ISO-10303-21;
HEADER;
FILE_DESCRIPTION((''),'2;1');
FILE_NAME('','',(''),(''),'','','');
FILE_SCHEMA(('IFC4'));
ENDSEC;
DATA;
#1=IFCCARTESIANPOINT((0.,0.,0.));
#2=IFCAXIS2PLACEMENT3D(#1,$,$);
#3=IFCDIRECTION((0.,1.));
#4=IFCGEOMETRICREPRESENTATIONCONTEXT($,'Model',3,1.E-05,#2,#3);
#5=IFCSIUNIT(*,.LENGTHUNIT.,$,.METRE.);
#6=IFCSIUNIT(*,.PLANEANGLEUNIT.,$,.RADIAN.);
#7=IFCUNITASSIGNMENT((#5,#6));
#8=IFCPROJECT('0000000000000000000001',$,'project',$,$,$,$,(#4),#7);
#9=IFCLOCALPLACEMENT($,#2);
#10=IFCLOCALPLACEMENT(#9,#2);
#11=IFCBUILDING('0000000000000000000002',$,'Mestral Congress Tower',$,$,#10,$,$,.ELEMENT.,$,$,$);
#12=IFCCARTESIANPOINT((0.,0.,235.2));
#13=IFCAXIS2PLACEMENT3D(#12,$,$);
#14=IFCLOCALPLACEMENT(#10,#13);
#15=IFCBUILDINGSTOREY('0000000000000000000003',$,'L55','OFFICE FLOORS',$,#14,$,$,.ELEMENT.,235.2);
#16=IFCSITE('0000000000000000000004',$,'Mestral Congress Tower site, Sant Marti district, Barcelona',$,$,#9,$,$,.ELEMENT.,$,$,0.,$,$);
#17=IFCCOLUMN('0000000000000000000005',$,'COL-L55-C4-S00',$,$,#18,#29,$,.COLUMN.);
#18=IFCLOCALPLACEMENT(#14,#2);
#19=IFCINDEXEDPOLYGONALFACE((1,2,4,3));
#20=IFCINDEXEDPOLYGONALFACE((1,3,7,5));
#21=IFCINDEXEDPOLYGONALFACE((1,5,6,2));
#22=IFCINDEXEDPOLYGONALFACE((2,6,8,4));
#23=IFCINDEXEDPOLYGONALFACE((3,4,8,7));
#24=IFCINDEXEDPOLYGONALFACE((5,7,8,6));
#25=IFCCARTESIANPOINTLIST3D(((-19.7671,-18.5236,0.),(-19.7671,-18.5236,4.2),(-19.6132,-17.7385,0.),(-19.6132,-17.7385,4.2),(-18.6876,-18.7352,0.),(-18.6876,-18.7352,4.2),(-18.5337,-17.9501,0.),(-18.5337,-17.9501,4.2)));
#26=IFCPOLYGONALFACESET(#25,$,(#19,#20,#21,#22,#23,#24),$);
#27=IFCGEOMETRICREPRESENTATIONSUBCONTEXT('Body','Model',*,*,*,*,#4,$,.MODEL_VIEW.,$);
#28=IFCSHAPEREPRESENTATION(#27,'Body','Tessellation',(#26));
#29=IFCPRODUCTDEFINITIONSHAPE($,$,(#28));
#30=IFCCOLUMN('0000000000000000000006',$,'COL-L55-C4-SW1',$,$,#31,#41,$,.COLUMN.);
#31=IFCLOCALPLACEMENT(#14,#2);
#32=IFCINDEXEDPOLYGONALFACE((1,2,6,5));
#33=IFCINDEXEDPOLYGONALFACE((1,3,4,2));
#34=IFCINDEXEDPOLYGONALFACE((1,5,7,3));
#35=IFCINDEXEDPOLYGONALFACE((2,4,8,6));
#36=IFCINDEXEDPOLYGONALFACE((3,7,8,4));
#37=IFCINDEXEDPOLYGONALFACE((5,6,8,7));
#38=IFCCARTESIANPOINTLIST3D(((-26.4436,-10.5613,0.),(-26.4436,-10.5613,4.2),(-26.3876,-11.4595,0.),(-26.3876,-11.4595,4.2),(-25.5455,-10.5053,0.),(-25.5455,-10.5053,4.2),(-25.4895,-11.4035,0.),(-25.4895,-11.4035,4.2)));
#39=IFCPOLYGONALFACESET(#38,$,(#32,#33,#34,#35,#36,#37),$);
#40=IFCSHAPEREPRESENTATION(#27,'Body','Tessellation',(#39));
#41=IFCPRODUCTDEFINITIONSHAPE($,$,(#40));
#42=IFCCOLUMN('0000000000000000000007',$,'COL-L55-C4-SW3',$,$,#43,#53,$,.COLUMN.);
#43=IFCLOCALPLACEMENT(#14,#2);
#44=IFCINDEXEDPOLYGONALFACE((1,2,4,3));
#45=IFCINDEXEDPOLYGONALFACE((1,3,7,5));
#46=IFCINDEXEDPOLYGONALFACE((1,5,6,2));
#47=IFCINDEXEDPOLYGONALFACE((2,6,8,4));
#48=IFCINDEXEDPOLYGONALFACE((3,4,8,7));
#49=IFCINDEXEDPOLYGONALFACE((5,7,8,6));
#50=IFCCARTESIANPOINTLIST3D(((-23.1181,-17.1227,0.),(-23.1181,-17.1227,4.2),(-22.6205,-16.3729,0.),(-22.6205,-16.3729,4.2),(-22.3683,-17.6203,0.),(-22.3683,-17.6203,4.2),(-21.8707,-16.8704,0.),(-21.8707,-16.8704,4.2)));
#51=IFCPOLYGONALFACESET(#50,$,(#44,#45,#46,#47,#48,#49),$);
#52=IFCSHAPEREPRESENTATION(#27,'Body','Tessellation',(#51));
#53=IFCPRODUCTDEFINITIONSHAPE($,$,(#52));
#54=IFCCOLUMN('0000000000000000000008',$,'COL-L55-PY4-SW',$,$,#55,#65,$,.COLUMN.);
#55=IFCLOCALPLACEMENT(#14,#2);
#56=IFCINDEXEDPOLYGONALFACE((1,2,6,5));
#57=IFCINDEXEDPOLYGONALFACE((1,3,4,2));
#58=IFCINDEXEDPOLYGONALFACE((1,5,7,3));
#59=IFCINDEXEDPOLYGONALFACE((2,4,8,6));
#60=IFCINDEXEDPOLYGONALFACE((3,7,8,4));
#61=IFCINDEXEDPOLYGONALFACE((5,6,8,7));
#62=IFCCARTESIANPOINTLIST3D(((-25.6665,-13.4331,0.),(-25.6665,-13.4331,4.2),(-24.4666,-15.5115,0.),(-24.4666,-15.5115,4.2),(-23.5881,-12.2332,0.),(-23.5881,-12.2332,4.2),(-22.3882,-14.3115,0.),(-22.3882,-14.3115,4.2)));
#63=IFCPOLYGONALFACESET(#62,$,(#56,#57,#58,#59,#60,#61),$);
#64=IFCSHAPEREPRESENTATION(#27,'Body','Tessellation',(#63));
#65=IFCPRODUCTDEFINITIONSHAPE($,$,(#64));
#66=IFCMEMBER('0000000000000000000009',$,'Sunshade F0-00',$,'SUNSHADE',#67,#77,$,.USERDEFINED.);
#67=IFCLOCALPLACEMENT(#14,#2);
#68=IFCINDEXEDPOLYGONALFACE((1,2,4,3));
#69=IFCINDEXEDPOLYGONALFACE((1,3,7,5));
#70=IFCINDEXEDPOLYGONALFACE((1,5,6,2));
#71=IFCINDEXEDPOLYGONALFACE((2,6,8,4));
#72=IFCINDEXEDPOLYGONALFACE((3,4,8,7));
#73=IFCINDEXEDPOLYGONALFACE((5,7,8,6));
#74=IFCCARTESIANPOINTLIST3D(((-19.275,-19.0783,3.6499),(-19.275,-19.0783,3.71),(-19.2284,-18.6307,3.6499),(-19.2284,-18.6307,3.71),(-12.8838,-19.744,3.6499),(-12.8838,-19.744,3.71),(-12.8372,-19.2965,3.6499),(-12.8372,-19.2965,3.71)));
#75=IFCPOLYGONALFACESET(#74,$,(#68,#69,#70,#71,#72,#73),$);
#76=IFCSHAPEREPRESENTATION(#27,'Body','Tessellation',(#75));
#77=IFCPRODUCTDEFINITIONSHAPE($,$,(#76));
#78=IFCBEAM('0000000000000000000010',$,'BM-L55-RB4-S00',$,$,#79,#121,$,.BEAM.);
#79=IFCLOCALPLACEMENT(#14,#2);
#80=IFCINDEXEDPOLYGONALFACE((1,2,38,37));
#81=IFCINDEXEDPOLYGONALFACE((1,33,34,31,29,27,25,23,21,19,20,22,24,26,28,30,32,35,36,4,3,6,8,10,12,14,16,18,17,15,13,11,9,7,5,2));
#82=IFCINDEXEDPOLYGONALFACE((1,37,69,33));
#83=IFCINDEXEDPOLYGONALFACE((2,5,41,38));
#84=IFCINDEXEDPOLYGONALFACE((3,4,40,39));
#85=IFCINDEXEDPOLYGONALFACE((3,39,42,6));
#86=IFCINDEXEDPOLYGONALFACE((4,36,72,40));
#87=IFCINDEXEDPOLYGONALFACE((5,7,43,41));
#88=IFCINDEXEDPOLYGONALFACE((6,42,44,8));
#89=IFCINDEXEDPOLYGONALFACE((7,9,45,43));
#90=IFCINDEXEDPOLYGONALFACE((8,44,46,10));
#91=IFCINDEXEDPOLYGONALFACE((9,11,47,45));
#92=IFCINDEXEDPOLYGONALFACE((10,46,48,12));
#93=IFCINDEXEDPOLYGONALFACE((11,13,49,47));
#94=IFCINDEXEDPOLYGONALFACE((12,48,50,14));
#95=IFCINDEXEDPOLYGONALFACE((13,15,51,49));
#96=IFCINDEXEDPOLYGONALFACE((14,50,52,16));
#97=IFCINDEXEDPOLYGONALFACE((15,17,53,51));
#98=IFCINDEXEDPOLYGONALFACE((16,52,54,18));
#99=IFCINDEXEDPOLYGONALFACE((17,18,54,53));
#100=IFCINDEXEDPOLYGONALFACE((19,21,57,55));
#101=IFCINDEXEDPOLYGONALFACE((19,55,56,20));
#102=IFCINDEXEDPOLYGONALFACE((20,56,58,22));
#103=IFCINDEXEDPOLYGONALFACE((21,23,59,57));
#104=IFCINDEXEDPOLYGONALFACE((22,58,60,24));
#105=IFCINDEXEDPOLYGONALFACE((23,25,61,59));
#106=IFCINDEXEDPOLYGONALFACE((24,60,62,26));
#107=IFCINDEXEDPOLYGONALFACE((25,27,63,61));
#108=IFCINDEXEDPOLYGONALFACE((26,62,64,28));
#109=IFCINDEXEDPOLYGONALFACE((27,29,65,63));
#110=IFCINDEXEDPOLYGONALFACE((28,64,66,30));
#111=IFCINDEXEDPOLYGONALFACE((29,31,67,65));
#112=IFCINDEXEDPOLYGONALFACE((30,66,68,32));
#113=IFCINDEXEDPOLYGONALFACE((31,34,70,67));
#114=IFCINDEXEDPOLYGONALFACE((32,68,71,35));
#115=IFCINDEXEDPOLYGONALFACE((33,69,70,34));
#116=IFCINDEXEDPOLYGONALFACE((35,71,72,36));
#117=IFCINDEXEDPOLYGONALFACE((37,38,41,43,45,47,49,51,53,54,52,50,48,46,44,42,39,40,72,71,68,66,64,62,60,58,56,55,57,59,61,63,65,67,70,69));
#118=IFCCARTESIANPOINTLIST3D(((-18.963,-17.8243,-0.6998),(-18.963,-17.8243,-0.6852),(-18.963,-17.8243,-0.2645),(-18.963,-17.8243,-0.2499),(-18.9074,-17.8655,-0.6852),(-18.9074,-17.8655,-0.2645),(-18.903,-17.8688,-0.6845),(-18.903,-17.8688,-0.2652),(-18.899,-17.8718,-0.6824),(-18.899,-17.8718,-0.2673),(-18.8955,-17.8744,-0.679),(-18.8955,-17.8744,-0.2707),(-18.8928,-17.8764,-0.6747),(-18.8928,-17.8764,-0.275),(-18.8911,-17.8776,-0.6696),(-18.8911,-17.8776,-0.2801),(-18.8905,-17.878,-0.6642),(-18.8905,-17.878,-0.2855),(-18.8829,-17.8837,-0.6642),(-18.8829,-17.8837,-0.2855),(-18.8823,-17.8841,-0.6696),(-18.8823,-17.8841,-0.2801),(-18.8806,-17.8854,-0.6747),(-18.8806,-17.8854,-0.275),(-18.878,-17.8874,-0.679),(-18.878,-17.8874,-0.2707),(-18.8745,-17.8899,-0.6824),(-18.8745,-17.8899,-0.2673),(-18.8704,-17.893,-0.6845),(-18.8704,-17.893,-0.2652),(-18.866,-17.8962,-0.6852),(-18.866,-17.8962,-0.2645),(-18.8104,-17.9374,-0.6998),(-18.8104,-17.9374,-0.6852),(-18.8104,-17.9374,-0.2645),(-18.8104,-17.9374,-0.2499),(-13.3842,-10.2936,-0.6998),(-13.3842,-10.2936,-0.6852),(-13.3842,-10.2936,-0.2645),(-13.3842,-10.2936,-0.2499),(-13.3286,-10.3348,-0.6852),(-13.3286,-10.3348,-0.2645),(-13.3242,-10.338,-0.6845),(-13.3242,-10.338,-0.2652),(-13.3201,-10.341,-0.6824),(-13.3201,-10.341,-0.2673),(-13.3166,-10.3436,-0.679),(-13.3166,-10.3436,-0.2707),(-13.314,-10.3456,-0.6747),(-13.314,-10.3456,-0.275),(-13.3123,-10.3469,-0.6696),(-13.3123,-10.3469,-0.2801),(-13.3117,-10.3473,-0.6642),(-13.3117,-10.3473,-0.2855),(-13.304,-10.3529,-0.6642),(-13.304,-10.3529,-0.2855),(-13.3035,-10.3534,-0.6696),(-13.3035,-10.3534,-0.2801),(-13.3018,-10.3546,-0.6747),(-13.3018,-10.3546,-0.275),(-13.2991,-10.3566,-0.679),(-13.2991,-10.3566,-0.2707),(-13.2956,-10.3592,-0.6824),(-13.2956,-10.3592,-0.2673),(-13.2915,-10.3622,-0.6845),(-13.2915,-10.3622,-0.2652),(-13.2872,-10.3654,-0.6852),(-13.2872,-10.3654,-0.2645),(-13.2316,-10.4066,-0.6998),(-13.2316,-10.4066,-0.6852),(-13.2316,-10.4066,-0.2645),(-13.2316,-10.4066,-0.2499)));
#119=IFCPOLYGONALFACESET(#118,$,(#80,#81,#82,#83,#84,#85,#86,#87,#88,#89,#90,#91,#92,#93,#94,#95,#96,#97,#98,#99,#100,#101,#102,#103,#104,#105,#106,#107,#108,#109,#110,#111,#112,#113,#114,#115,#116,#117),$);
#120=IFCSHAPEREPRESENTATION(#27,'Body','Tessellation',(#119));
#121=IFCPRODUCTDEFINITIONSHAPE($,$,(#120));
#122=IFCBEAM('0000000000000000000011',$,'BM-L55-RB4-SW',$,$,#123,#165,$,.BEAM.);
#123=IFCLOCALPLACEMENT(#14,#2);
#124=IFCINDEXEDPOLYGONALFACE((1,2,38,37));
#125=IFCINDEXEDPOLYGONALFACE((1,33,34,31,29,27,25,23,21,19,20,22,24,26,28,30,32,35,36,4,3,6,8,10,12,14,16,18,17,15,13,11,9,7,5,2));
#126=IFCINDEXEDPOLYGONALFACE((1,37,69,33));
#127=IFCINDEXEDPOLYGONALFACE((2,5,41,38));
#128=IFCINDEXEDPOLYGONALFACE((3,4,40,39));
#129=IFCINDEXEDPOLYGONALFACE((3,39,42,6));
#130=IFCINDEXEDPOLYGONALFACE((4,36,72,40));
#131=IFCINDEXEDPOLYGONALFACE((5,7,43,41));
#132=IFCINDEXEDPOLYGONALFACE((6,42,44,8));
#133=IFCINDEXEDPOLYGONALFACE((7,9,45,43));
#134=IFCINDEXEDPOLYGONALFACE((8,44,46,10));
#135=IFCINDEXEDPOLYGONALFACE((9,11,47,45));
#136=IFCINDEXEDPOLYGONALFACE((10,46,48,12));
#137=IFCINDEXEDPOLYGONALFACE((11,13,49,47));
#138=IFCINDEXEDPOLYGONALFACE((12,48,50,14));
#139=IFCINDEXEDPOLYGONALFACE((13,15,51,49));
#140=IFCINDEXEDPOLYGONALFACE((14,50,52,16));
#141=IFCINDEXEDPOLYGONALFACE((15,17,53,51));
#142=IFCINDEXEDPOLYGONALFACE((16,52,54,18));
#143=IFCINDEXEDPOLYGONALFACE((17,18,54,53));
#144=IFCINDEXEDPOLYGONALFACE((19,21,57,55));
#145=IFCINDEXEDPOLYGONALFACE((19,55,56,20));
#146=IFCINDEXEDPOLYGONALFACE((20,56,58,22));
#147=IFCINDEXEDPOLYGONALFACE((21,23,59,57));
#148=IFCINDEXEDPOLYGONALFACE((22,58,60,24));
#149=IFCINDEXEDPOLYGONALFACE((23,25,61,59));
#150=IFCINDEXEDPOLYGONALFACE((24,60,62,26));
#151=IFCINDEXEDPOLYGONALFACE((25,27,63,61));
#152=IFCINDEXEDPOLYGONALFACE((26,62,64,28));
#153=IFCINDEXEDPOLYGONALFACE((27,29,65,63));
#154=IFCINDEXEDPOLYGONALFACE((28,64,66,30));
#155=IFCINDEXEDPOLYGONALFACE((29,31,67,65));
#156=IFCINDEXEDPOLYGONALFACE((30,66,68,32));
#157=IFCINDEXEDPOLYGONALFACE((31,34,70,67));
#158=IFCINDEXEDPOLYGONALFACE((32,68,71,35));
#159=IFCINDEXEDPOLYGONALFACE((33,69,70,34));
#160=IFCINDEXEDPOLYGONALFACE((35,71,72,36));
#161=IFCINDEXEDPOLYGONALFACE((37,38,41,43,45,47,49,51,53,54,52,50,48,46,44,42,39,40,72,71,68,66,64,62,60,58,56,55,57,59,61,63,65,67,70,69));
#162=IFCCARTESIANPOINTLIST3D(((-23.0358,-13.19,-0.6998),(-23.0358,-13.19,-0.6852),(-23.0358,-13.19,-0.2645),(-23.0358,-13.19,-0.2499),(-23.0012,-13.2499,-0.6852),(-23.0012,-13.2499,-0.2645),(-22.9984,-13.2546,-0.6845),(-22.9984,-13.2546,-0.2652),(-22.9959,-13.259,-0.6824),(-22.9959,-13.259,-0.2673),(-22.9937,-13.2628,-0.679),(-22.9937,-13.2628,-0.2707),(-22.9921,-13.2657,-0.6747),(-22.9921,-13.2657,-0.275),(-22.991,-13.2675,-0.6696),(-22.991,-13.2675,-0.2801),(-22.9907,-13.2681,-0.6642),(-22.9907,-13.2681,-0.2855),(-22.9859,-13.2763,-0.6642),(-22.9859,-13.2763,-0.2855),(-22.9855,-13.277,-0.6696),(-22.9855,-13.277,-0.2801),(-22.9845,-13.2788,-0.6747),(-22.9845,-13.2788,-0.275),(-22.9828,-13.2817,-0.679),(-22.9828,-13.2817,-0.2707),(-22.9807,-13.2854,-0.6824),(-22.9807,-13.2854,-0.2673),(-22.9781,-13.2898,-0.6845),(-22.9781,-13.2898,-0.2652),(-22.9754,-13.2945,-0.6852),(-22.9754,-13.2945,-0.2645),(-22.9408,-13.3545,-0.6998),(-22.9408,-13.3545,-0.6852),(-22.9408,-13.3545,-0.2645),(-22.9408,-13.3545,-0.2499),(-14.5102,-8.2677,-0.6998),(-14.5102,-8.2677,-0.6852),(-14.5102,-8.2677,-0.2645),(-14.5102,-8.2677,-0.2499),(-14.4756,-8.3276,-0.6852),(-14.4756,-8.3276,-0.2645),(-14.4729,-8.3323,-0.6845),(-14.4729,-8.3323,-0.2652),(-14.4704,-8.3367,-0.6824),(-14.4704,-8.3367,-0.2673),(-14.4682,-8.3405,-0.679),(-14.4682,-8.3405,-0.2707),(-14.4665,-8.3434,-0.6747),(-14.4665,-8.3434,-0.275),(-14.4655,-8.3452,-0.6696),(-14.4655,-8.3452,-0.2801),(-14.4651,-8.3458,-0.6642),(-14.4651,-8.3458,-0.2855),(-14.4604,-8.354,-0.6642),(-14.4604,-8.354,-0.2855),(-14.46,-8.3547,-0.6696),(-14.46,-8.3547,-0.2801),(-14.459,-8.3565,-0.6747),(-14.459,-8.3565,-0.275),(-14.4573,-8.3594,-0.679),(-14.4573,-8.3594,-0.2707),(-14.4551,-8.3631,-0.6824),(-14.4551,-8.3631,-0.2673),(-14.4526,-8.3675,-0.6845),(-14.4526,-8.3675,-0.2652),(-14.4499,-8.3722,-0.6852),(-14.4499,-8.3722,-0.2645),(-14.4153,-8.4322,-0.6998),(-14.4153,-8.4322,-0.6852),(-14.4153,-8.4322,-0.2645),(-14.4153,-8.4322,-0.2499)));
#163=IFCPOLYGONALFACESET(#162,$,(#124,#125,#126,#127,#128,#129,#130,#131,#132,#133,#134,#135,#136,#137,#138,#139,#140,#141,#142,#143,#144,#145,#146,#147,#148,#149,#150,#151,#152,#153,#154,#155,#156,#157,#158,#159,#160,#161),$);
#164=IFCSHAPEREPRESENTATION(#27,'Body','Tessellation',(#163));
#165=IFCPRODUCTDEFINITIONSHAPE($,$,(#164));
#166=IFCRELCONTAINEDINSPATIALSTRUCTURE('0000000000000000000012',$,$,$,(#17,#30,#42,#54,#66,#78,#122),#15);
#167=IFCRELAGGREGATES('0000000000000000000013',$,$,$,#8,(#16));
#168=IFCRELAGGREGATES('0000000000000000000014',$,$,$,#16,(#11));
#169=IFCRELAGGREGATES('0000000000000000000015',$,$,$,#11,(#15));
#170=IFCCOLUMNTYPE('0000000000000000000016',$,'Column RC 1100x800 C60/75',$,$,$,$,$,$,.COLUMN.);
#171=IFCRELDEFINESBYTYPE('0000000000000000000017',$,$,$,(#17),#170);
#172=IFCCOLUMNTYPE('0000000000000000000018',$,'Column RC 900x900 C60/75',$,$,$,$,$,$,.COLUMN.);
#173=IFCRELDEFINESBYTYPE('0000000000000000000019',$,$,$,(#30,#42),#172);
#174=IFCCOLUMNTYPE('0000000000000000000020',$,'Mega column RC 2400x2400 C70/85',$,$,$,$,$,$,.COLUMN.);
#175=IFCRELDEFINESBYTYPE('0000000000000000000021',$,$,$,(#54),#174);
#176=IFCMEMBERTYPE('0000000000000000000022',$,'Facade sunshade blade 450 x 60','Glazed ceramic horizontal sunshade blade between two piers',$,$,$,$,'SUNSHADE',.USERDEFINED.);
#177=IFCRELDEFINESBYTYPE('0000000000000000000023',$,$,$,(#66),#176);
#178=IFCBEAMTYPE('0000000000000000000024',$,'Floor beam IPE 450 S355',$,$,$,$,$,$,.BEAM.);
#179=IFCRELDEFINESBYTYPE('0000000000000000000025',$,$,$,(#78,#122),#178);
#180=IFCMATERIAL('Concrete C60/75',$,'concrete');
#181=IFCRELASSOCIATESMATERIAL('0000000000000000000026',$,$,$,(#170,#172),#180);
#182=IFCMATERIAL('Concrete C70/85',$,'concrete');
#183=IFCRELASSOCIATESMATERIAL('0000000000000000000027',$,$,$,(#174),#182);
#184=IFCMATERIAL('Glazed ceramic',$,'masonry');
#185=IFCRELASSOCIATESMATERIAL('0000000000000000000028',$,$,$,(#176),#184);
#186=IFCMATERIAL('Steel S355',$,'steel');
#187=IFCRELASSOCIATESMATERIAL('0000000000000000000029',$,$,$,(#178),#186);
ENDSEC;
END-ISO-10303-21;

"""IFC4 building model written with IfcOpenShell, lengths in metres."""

from ifc_helpers import new_model, si_unit, direction, frame, origin, origin_2d, place, context, subcontext, project, spatial, rectangle, i_section, extrude, material, material_profile, profile_set, type_object, element, save


model = new_model("IFC4")

# Units and contexts
model_context = context("Model", 3, precision=1e-05, world=origin(), true_north=direction((0.0, 1.0)))
body_context = subcontext(model_context, "Body", "Model", "MODEL_VIEW")
ifc_project = project(units=[si_unit("LENGTHUNIT", "METRE"), si_unit("PLANEANGLEUNIT", "RADIAN")], contexts=[model_context])

# Site, building, storey
site_placement = place(None, origin())
site = spatial("IfcSite", under=ifc_project, at=site_placement, Name="Mestral Congress Tower site, Sant Marti district, Barcelona", CompositionType="ELEMENT", RefElevation=0.0)
building_placement = place(site_placement, origin())
building = spatial("IfcBuilding", under=site, at=building_placement, Name="Mestral Congress Tower", CompositionType="ELEMENT")
storey_placement = place(building_placement, frame((0.0, 0.0, 235.2)))
storey = spatial("IfcBuildingStorey", under=building, at=storey_placement, Name="L55", Description="OFFICE FLOORS", CompositionType="ELEMENT", Elevation=235.2)

# Columns
ifc_material_1 = material(Name="Concrete C60/75", Category="concrete")
ifc_material_profile_1 = material_profile(ifc_material_1, rectangle(XDim=1.1001, YDim=0.8, at=origin_2d()), Name="RC 1100x800")
ifc_profile_set_1 = profile_set([ifc_material_profile_1], Name="Concrete C60/75")
column_type_1 = type_object("IfcColumnType", Name="Column RC 1100x800 C60/75", PredefinedType="COLUMN", material=ifc_profile_set_1)
column_1_placement = place(storey_placement, frame((-19.1504, -18.2368, 0.0), z_axis=(0.0, 0.0, 1.0), x_axis=(0.981325, -0.192359, 0.0)))
element("IfcColumn", 1, at=column_1_placement, inside=storey, type_object=column_type_1, Name="COL-L55-C4-S00", PredefinedType="COLUMN", context=body_context, shape_type="SweptSolid", body=[
    extrude(rectangle(XDim=1.1001, YDim=0.8, at=origin_2d()), origin(), (0.0, 0.0, 1.0), 4.2),
])
ifc_material_profile_2 = material_profile(ifc_material_1, rectangle(XDim=0.8999, YDim=0.8999, at=origin_2d()), Name="RC 900x900")
ifc_profile_set_2 = profile_set([ifc_material_profile_2], Name="Concrete C60/75")
column_type_2 = type_object("IfcColumnType", Name="Column RC 900x900 C60/75", PredefinedType="COLUMN", material=ifc_profile_set_2)
for number, where, z_axis, x_axis, name in (
    (2, (-25.9666, -10.9824, 0.0), (0.0, 0.0, 1.0), (0.062217, -0.998063, 0.0), "COL-L55-C4-SW1"),
    (3, (-22.4944, -16.9966, 0.0), (0.0, 0.0, 1.0), (0.833239, -0.552913, 0.0), "COL-L55-C4-SW3"),
):
    element("IfcColumn", number, at=place(storey_placement, frame(where, z_axis=z_axis, x_axis=x_axis)), inside=storey, type_object=column_type_2, Name=name, PredefinedType="COLUMN", context=body_context, shape_type="SweptSolid", body=[
        extrude(rectangle(XDim=0.8999, YDim=0.8999, at=origin_2d()), origin(), (0.0, 0.0, 1.0), 4.2),
    ])
ifc_material_2 = material(Name="Concrete C70/85", Category="concrete")
ifc_material_profile_3 = material_profile(ifc_material_2, rectangle(XDim=2.3999, YDim=2.3999, at=origin_2d()), Name="RC 2400x2400")
ifc_profile_set_3 = profile_set([ifc_material_profile_3], Name="Concrete C70/85")
column_type_3 = type_object("IfcColumnType", Name="Mega column RC 2400x2400 C70/85", PredefinedType="COLUMN", material=ifc_profile_set_3)
column_2_placement = place(storey_placement, frame((-24.0273, -13.8723, 0.0), z_axis=(0.0, 0.0, 1.0), x_axis=(-0.866025, -0.5, 0.0)))
element("IfcColumn", 4, at=column_2_placement, inside=storey, type_object=column_type_3, Name="COL-L55-PY4-SW", PredefinedType="COLUMN", context=body_context, shape_type="SweptSolid", body=[
    extrude(rectangle(XDim=2.3999, YDim=2.3999, at=origin_2d()), origin(), (0.0, 0.0, 1.0), 4.2),
])

# Member
ifc_material_3 = material(Name="Glazed ceramic", Category="masonry")
ifc_material_profile_4 = material_profile(ifc_material_3, rectangle(XDim=0.45, YDim=0.0601, at=origin_2d()), Name="Ceramic blade 450 x 60")
ifc_profile_set_4 = profile_set([ifc_material_profile_4], Name="Glazed ceramic")
member_type = type_object("IfcMemberType", Name="Facade sunshade blade 450 x 60", Description="Glazed ceramic horizontal sunshade blade between two piers", ElementType="SUNSHADE", PredefinedType="USERDEFINED", material=ifc_profile_set_4)
member_placement = place(storey_placement, frame((-19.2517, -18.8545, 3.6799), z_axis=(0.994618, -0.103611, 0.0), x_axis=(0.103611, 0.994618, 0.0)))
element("IfcMember", 5, at=member_placement, inside=storey, type_object=member_type, Name="Sunshade F0-00", ObjectType="SUNSHADE", PredefinedType="USERDEFINED", context=body_context, shape_type="SweptSolid", body=[
    extrude(rectangle(XDim=0.45, YDim=0.0601, at=origin_2d()), origin(), (0.0, 0.0, 1.0), 6.4258),
])

# Beams
ifc_material_4 = material(Name="Steel S355", Category="steel")
ifc_material_profile_5 = material_profile(ifc_material_4, i_section(OverallWidth=0.1899, OverallDepth=0.45, WebThickness=0.0095, FlangeThickness=0.0146, FilletRadius=0.021, at=origin_2d()), Name="IPE 450")
ifc_profile_set_5 = profile_set([ifc_material_profile_5], Name="Steel S355")
beam_type_1 = type_object("IfcBeamType", Name="Floor beam IPE 450 S355", PredefinedType="BEAM", material=ifc_profile_set_5)
beam_1_placement = place(storey_placement, frame((-18.8867, -17.8809, -0.4749), z_axis=(0.595263, 0.803531, 0.0), x_axis=(-0.803531, 0.595263, 0.0)))
element("IfcBeam", 6, at=beam_1_placement, inside=storey, type_object=beam_type_1, Name="BM-L55-RB4-S00", PredefinedType="BEAM", context=body_context, shape_type="SweptSolid", body=[
    extrude(i_section(OverallWidth=0.1899, OverallDepth=0.45, WebThickness=0.0095, FlangeThickness=0.0146, FilletRadius=0.021, at=origin_2d()), origin(), (0.0, 0.0, 1.0), 9.3721),
])
beam_2_placement = place(storey_placement, frame((-22.9883, -13.2722, -0.4749), z_axis=(0.866022, 0.500007, 0.0), x_axis=(-0.500007, 0.866022, 0.0)))
element("IfcBeam", 7, at=beam_2_placement, inside=storey, type_object=beam_type_1, Name="BM-L55-RB4-SW", PredefinedType="BEAM", context=body_context, shape_type="SweptSolid", body=[
    extrude(i_section(OverallWidth=0.1899, OverallDepth=0.45, WebThickness=0.0095, FlangeThickness=0.0146, FilletRadius=0.021, at=origin_2d()), origin(), (0.0, 0.0, 1.0), 9.8445),
])

save(model, "model.ifc")
